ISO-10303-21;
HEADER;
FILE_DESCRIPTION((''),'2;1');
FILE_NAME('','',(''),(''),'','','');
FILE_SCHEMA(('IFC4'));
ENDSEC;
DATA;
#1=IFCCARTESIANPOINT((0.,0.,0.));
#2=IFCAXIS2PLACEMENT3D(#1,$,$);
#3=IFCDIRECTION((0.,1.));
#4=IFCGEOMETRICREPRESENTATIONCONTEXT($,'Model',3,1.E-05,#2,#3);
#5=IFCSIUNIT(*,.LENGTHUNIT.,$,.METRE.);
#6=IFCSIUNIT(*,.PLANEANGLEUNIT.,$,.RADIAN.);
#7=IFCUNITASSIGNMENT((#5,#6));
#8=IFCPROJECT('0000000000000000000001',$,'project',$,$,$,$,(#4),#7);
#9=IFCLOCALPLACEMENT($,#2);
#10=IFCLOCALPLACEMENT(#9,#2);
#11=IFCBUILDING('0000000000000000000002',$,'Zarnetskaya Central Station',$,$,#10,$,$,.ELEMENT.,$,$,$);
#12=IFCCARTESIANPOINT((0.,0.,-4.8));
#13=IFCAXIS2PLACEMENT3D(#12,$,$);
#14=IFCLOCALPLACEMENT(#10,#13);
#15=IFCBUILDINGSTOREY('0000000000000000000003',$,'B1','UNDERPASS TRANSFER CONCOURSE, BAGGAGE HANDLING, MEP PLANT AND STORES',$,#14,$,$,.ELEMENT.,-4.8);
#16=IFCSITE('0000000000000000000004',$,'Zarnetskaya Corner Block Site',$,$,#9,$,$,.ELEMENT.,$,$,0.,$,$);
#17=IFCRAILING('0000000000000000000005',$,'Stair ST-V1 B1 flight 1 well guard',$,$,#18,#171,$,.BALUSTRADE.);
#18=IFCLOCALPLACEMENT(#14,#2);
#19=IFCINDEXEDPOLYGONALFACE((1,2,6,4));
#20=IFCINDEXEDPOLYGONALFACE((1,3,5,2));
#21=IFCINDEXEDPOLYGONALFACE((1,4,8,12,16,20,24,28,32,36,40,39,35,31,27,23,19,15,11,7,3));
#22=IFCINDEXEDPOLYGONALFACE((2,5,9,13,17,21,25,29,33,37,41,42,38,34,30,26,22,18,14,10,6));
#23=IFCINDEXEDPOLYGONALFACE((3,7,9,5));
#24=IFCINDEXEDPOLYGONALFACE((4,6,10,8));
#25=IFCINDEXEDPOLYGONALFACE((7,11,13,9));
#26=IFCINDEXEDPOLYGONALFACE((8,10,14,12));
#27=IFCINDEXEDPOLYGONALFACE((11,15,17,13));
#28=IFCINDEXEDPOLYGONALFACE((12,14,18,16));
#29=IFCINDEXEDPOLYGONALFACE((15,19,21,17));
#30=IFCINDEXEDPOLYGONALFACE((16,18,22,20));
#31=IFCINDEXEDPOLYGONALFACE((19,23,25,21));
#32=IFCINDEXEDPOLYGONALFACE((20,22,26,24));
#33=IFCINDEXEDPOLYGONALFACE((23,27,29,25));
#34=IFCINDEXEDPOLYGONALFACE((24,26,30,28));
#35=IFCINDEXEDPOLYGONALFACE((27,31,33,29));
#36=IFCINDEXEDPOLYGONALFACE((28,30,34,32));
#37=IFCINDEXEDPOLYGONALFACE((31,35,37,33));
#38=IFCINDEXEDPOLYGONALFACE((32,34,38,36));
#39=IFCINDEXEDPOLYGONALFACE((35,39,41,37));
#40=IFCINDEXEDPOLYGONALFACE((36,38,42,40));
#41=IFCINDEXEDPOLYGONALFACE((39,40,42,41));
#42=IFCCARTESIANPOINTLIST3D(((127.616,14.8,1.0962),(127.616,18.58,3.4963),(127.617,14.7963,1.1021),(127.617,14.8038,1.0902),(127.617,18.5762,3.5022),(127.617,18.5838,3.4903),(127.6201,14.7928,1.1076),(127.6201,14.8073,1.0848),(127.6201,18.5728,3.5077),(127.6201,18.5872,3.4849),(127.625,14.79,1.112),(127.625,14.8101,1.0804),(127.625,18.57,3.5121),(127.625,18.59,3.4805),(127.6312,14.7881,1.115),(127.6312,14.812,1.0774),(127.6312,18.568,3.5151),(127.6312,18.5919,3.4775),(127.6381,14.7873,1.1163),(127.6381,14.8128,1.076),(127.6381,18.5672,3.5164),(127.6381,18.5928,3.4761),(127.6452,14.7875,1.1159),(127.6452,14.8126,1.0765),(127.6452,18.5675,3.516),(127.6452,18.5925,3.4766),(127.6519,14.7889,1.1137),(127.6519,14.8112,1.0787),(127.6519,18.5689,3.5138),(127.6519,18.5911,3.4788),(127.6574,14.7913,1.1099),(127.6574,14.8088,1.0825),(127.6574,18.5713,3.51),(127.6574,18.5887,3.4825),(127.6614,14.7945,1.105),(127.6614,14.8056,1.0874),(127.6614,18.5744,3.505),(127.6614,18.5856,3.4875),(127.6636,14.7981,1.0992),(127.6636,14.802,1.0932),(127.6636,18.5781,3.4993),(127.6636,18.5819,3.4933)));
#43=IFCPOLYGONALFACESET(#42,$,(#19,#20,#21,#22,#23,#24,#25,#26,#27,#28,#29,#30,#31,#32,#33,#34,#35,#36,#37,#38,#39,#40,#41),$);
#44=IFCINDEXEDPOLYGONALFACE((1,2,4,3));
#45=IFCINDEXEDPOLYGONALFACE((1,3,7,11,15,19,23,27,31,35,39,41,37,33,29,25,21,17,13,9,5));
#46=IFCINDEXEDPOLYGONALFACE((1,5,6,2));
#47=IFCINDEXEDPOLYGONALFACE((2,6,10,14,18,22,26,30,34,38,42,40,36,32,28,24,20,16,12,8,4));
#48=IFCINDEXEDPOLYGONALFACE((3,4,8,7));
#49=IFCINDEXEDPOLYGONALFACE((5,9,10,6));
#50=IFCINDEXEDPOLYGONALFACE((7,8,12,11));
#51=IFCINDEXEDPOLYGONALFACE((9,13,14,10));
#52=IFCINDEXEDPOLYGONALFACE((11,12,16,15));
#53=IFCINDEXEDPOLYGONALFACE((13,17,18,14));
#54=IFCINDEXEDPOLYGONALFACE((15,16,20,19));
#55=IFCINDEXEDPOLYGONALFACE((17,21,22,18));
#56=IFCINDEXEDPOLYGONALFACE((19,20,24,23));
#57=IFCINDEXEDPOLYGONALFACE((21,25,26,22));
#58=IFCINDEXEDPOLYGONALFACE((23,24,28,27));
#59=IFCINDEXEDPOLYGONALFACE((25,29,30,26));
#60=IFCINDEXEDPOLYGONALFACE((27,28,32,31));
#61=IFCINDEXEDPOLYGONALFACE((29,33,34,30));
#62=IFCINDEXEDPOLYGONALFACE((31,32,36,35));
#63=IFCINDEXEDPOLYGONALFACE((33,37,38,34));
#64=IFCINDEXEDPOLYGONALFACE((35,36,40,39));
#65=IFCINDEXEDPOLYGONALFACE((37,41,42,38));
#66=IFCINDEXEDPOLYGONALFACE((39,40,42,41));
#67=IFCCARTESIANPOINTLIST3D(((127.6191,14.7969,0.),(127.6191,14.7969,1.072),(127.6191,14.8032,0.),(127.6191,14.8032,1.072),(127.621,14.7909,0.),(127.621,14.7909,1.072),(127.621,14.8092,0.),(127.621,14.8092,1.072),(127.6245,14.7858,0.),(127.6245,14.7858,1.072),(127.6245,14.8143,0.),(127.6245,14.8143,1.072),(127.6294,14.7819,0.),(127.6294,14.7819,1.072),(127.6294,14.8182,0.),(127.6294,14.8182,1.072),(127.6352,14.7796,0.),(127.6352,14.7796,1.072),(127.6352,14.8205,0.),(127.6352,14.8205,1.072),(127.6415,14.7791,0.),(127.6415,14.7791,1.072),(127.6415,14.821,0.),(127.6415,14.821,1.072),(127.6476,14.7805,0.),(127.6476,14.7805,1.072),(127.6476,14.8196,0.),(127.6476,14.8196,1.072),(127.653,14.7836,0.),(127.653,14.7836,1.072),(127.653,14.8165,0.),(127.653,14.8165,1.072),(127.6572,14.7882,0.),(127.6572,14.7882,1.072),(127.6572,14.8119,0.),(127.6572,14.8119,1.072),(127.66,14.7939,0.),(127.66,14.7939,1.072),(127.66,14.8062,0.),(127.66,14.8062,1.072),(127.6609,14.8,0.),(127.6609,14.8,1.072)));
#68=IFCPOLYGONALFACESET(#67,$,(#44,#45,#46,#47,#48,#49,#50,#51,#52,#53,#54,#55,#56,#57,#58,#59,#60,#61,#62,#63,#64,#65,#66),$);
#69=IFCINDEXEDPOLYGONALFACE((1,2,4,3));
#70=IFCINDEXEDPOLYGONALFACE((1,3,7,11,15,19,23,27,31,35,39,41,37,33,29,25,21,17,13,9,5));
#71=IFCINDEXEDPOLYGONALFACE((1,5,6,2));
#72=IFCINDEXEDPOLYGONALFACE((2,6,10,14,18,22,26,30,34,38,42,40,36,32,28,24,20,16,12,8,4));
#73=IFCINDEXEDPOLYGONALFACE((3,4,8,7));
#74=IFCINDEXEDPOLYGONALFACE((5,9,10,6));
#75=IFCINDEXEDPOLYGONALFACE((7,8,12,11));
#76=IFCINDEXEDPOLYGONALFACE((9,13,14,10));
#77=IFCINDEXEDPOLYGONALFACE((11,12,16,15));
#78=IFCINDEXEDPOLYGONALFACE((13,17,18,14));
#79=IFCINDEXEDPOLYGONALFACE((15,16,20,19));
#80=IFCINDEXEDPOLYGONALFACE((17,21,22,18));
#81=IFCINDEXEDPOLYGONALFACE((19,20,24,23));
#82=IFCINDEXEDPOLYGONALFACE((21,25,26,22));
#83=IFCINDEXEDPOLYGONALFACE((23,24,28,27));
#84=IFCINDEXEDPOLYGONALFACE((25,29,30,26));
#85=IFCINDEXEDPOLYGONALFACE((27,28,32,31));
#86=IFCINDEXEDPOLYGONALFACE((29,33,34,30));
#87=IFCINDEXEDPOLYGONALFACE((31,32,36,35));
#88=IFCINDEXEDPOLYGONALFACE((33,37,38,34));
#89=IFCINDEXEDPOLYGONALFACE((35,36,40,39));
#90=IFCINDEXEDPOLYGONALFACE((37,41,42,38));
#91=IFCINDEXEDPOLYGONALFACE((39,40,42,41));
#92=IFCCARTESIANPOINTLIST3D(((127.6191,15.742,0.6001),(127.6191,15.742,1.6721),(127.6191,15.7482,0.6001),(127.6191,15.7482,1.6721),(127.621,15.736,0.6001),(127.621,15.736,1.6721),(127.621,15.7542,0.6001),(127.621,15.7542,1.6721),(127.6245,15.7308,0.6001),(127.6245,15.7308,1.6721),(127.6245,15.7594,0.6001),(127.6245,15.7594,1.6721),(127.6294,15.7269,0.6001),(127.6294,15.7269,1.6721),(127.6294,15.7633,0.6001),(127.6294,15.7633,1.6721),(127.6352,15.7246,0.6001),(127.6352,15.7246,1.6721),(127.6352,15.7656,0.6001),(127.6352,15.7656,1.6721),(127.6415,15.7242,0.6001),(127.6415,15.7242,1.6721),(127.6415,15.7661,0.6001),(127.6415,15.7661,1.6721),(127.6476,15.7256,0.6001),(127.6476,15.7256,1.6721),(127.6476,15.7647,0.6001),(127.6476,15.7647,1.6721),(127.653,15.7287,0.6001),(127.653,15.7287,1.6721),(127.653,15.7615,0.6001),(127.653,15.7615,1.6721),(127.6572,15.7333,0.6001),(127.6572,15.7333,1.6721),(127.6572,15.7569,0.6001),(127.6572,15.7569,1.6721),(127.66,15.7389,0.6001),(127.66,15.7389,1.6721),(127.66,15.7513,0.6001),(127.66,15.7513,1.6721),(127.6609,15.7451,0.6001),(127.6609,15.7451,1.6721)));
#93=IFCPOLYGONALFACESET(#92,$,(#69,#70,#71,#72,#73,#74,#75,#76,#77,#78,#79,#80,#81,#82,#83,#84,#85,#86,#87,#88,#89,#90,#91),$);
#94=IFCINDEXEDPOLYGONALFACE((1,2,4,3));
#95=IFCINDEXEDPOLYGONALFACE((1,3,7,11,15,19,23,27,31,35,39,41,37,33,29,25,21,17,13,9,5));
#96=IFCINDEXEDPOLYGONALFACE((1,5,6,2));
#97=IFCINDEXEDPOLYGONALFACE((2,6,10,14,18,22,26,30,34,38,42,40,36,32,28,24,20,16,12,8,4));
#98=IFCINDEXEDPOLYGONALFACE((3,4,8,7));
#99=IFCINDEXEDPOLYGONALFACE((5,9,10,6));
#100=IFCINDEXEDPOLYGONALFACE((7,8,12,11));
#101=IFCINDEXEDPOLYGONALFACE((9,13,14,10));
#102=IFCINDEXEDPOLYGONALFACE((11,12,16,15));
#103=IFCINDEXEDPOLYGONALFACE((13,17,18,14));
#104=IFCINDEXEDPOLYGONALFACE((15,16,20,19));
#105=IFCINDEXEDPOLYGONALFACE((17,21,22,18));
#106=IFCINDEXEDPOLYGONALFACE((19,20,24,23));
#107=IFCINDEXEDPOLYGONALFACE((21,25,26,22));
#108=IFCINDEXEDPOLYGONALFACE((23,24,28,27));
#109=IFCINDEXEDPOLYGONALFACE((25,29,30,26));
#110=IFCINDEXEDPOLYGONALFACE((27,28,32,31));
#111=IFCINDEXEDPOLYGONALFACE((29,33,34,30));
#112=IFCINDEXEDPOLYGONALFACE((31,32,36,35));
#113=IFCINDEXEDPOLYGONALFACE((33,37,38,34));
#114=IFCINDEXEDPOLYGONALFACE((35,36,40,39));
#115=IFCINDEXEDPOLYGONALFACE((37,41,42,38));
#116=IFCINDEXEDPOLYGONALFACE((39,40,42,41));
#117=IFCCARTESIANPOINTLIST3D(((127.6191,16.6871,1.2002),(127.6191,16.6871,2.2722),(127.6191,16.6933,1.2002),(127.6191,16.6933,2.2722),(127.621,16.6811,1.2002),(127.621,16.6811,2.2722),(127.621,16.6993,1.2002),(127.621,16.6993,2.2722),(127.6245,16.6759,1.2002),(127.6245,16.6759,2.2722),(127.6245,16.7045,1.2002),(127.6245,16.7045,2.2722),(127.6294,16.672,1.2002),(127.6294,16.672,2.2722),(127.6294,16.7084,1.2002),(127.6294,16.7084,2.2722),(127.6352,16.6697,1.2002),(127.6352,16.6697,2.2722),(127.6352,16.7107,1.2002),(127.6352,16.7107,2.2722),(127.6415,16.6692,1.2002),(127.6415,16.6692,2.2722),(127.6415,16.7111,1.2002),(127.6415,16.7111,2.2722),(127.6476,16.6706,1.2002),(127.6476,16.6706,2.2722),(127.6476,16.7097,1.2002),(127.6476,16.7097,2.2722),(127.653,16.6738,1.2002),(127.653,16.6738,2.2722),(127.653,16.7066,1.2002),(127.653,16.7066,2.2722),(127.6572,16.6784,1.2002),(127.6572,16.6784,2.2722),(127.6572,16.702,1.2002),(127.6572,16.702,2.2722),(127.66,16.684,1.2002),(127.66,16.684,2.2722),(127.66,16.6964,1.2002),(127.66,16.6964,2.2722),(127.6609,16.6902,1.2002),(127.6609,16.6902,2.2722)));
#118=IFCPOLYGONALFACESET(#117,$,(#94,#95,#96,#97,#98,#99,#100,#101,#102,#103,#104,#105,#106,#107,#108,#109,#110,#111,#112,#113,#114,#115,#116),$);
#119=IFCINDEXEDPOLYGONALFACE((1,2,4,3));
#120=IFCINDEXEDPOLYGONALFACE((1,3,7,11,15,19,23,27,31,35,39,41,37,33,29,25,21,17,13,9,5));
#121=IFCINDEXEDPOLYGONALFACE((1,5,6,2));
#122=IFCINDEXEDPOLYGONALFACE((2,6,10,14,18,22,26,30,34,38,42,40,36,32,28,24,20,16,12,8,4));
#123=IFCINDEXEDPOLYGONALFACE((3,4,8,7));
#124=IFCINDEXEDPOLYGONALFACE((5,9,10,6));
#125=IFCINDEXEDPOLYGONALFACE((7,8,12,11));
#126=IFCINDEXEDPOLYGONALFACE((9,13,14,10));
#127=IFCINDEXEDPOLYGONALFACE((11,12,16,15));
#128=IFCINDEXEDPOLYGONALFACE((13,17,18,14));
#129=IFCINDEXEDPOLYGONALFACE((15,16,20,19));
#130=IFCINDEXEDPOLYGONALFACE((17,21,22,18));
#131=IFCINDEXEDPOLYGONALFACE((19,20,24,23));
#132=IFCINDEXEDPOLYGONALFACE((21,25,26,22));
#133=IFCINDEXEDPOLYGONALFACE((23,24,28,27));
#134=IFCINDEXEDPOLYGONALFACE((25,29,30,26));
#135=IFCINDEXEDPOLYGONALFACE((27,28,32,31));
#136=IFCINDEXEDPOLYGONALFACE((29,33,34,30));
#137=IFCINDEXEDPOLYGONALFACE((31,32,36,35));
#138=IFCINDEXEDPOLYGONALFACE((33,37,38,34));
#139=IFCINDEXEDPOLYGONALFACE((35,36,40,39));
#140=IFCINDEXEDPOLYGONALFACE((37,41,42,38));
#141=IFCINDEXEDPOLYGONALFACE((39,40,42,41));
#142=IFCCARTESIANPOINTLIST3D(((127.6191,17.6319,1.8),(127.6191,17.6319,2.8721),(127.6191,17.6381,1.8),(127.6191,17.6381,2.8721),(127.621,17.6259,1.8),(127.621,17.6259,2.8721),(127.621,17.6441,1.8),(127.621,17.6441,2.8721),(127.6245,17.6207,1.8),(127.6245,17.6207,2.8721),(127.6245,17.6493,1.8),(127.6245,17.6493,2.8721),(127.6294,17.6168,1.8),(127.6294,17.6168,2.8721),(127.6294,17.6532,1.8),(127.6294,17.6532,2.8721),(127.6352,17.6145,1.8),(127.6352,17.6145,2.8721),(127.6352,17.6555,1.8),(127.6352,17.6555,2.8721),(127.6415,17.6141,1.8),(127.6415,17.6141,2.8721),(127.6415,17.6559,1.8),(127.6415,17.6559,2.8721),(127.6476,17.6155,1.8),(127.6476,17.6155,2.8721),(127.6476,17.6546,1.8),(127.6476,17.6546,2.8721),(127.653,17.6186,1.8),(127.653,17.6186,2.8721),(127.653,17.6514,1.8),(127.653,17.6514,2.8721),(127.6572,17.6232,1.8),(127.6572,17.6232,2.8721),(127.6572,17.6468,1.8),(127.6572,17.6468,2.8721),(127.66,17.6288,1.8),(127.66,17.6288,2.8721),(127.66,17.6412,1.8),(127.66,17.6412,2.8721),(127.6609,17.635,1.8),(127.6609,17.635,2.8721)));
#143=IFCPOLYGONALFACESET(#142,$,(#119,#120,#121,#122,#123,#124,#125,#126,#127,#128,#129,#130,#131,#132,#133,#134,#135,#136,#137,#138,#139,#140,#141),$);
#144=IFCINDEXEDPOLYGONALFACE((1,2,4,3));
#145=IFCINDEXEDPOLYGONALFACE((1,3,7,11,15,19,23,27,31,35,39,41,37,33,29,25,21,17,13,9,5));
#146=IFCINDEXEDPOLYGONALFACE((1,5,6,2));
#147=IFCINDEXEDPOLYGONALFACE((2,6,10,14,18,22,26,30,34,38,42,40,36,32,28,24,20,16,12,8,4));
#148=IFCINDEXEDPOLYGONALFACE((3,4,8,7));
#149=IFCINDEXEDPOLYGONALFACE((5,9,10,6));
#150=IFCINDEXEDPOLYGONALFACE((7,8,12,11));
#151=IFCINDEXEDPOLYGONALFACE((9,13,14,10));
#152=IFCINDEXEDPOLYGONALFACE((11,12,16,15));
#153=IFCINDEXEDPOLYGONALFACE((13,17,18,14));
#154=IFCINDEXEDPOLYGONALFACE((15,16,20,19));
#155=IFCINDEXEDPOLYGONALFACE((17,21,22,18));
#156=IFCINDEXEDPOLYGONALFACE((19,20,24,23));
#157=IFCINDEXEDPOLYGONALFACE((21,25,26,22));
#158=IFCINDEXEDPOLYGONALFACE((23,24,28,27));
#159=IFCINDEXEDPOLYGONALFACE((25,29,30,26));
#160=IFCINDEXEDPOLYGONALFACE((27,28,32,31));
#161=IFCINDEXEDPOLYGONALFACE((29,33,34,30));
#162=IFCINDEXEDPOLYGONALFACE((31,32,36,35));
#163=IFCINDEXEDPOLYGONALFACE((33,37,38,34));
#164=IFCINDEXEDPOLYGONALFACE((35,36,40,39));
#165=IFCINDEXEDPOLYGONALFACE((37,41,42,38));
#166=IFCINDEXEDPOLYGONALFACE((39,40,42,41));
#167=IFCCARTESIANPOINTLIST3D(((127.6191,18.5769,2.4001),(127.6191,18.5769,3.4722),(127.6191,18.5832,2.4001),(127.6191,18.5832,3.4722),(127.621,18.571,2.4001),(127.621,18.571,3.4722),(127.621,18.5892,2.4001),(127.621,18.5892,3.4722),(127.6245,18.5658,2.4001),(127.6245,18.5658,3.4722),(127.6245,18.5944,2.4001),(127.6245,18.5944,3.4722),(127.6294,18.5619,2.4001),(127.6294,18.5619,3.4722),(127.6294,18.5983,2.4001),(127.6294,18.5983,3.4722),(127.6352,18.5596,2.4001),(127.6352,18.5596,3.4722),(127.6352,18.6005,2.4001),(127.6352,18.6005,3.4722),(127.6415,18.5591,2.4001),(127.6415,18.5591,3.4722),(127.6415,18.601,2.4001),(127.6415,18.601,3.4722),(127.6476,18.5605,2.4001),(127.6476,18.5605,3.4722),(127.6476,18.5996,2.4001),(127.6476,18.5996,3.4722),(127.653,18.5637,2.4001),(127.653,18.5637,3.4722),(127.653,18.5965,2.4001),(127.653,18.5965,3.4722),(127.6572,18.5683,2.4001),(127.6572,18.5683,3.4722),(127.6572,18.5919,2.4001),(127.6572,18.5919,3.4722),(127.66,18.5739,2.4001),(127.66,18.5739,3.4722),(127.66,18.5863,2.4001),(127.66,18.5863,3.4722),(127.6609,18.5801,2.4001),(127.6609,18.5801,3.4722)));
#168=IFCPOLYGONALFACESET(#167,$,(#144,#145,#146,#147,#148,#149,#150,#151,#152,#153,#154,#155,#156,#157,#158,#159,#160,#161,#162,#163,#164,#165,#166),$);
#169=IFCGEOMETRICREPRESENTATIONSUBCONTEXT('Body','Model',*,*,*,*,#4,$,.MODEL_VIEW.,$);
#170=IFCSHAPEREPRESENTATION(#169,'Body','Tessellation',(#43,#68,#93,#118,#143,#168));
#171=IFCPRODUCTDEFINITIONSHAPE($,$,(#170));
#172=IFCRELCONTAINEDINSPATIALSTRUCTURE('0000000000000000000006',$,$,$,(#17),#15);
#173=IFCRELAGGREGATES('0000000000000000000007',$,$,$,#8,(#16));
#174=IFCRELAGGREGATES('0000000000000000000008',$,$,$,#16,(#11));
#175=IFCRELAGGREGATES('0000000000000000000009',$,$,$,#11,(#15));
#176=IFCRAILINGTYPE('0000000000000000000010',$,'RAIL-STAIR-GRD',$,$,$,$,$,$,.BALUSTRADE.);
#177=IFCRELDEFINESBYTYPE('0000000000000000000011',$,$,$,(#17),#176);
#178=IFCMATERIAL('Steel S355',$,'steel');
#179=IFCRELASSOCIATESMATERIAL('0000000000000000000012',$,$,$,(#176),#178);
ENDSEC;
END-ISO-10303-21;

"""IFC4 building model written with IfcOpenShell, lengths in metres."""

from ifc_helpers import new_model, si_unit, direction, frame, origin, origin_2d, place, context, subcontext, project, spatial, circle, extrude, material, type_object, element, save


model = new_model("IFC4")

# Units and contexts
model_context = context("Model", 3, precision=1e-05, world=origin(), true_north=direction((0.0, 1.0)))
body_context = subcontext(model_context, "Body", "Model", "MODEL_VIEW")
ifc_project = project(units=[si_unit("LENGTHUNIT", "METRE"), si_unit("PLANEANGLEUNIT", "RADIAN")], contexts=[model_context])

# Site, building, storey
site_placement = place(None, origin())
site = spatial("IfcSite", under=ifc_project, at=site_placement, Name="Zarnetskaya Corner Block Site", CompositionType="ELEMENT", RefElevation=0.0)
building_placement = place(site_placement, origin())
building = spatial("IfcBuilding", under=site, at=building_placement, Name="Zarnetskaya Central Station", CompositionType="ELEMENT")
storey_placement = place(building_placement, frame((0.0, 0.0, -4.8)))
storey = spatial("IfcBuildingStorey", under=building, at=storey_placement, Name="B1", Description="UNDERPASS TRANSFER CONCOURSE, BAGGAGE HANDLING, MEP PLANT AND STORES", CompositionType="ELEMENT", Elevation=-4.8)

# Railing
ifc_material_1 = material(Name="Steel S355", Category="steel")
railing_type_1 = type_object("IfcRailingType", Name="RAIL-STAIR-GRD", PredefinedType="BALUSTRADE", material=ifc_material_1)
railing_1_placement = place(storey_placement, frame((127.6399, 14.8, 0.0)))
element("IfcRailing", 1, at=railing_1_placement, inside=storey, type_object=railing_type_1, Name="Stair ST-V1 B1 flight 1 well guard", PredefinedType="BALUSTRADE", context=body_context, shape_type="SweptSolid", body=[
    extrude(circle(Radius=0.0239, at=origin_2d()), frame((0.0, 0.0, 1.0962), z_axis=(0.0, 0.8442, 0.536028), x_axis=(-1.0, 0.0, 0.0)), (0.0, 0.0, 1.0), 4.4775),
    extrude(circle(Radius=0.021, at=origin_2d()), origin(), (0.0, 0.0, 1.0), 1.072),
    extrude(circle(Radius=0.021, at=origin_2d()), frame((0.0, 0.9451, 0.6001)), (0.0, 0.0, 1.0), 1.072),
    extrude(circle(Radius=0.021, at=origin_2d()), frame((0.0, 1.8901, 1.2002)), (0.0, 0.0, 1.0), 1.072),
    extrude(circle(Radius=0.021, at=origin_2d()), frame((0.0, 2.835, 1.8)), (0.0, 0.0, 1.0), 1.072),
    extrude(circle(Radius=0.021, at=origin_2d()), frame((0.0, 3.78, 2.4001)), (0.0, 0.0, 1.0), 1.072),
])

save(model, "model.ifc")
